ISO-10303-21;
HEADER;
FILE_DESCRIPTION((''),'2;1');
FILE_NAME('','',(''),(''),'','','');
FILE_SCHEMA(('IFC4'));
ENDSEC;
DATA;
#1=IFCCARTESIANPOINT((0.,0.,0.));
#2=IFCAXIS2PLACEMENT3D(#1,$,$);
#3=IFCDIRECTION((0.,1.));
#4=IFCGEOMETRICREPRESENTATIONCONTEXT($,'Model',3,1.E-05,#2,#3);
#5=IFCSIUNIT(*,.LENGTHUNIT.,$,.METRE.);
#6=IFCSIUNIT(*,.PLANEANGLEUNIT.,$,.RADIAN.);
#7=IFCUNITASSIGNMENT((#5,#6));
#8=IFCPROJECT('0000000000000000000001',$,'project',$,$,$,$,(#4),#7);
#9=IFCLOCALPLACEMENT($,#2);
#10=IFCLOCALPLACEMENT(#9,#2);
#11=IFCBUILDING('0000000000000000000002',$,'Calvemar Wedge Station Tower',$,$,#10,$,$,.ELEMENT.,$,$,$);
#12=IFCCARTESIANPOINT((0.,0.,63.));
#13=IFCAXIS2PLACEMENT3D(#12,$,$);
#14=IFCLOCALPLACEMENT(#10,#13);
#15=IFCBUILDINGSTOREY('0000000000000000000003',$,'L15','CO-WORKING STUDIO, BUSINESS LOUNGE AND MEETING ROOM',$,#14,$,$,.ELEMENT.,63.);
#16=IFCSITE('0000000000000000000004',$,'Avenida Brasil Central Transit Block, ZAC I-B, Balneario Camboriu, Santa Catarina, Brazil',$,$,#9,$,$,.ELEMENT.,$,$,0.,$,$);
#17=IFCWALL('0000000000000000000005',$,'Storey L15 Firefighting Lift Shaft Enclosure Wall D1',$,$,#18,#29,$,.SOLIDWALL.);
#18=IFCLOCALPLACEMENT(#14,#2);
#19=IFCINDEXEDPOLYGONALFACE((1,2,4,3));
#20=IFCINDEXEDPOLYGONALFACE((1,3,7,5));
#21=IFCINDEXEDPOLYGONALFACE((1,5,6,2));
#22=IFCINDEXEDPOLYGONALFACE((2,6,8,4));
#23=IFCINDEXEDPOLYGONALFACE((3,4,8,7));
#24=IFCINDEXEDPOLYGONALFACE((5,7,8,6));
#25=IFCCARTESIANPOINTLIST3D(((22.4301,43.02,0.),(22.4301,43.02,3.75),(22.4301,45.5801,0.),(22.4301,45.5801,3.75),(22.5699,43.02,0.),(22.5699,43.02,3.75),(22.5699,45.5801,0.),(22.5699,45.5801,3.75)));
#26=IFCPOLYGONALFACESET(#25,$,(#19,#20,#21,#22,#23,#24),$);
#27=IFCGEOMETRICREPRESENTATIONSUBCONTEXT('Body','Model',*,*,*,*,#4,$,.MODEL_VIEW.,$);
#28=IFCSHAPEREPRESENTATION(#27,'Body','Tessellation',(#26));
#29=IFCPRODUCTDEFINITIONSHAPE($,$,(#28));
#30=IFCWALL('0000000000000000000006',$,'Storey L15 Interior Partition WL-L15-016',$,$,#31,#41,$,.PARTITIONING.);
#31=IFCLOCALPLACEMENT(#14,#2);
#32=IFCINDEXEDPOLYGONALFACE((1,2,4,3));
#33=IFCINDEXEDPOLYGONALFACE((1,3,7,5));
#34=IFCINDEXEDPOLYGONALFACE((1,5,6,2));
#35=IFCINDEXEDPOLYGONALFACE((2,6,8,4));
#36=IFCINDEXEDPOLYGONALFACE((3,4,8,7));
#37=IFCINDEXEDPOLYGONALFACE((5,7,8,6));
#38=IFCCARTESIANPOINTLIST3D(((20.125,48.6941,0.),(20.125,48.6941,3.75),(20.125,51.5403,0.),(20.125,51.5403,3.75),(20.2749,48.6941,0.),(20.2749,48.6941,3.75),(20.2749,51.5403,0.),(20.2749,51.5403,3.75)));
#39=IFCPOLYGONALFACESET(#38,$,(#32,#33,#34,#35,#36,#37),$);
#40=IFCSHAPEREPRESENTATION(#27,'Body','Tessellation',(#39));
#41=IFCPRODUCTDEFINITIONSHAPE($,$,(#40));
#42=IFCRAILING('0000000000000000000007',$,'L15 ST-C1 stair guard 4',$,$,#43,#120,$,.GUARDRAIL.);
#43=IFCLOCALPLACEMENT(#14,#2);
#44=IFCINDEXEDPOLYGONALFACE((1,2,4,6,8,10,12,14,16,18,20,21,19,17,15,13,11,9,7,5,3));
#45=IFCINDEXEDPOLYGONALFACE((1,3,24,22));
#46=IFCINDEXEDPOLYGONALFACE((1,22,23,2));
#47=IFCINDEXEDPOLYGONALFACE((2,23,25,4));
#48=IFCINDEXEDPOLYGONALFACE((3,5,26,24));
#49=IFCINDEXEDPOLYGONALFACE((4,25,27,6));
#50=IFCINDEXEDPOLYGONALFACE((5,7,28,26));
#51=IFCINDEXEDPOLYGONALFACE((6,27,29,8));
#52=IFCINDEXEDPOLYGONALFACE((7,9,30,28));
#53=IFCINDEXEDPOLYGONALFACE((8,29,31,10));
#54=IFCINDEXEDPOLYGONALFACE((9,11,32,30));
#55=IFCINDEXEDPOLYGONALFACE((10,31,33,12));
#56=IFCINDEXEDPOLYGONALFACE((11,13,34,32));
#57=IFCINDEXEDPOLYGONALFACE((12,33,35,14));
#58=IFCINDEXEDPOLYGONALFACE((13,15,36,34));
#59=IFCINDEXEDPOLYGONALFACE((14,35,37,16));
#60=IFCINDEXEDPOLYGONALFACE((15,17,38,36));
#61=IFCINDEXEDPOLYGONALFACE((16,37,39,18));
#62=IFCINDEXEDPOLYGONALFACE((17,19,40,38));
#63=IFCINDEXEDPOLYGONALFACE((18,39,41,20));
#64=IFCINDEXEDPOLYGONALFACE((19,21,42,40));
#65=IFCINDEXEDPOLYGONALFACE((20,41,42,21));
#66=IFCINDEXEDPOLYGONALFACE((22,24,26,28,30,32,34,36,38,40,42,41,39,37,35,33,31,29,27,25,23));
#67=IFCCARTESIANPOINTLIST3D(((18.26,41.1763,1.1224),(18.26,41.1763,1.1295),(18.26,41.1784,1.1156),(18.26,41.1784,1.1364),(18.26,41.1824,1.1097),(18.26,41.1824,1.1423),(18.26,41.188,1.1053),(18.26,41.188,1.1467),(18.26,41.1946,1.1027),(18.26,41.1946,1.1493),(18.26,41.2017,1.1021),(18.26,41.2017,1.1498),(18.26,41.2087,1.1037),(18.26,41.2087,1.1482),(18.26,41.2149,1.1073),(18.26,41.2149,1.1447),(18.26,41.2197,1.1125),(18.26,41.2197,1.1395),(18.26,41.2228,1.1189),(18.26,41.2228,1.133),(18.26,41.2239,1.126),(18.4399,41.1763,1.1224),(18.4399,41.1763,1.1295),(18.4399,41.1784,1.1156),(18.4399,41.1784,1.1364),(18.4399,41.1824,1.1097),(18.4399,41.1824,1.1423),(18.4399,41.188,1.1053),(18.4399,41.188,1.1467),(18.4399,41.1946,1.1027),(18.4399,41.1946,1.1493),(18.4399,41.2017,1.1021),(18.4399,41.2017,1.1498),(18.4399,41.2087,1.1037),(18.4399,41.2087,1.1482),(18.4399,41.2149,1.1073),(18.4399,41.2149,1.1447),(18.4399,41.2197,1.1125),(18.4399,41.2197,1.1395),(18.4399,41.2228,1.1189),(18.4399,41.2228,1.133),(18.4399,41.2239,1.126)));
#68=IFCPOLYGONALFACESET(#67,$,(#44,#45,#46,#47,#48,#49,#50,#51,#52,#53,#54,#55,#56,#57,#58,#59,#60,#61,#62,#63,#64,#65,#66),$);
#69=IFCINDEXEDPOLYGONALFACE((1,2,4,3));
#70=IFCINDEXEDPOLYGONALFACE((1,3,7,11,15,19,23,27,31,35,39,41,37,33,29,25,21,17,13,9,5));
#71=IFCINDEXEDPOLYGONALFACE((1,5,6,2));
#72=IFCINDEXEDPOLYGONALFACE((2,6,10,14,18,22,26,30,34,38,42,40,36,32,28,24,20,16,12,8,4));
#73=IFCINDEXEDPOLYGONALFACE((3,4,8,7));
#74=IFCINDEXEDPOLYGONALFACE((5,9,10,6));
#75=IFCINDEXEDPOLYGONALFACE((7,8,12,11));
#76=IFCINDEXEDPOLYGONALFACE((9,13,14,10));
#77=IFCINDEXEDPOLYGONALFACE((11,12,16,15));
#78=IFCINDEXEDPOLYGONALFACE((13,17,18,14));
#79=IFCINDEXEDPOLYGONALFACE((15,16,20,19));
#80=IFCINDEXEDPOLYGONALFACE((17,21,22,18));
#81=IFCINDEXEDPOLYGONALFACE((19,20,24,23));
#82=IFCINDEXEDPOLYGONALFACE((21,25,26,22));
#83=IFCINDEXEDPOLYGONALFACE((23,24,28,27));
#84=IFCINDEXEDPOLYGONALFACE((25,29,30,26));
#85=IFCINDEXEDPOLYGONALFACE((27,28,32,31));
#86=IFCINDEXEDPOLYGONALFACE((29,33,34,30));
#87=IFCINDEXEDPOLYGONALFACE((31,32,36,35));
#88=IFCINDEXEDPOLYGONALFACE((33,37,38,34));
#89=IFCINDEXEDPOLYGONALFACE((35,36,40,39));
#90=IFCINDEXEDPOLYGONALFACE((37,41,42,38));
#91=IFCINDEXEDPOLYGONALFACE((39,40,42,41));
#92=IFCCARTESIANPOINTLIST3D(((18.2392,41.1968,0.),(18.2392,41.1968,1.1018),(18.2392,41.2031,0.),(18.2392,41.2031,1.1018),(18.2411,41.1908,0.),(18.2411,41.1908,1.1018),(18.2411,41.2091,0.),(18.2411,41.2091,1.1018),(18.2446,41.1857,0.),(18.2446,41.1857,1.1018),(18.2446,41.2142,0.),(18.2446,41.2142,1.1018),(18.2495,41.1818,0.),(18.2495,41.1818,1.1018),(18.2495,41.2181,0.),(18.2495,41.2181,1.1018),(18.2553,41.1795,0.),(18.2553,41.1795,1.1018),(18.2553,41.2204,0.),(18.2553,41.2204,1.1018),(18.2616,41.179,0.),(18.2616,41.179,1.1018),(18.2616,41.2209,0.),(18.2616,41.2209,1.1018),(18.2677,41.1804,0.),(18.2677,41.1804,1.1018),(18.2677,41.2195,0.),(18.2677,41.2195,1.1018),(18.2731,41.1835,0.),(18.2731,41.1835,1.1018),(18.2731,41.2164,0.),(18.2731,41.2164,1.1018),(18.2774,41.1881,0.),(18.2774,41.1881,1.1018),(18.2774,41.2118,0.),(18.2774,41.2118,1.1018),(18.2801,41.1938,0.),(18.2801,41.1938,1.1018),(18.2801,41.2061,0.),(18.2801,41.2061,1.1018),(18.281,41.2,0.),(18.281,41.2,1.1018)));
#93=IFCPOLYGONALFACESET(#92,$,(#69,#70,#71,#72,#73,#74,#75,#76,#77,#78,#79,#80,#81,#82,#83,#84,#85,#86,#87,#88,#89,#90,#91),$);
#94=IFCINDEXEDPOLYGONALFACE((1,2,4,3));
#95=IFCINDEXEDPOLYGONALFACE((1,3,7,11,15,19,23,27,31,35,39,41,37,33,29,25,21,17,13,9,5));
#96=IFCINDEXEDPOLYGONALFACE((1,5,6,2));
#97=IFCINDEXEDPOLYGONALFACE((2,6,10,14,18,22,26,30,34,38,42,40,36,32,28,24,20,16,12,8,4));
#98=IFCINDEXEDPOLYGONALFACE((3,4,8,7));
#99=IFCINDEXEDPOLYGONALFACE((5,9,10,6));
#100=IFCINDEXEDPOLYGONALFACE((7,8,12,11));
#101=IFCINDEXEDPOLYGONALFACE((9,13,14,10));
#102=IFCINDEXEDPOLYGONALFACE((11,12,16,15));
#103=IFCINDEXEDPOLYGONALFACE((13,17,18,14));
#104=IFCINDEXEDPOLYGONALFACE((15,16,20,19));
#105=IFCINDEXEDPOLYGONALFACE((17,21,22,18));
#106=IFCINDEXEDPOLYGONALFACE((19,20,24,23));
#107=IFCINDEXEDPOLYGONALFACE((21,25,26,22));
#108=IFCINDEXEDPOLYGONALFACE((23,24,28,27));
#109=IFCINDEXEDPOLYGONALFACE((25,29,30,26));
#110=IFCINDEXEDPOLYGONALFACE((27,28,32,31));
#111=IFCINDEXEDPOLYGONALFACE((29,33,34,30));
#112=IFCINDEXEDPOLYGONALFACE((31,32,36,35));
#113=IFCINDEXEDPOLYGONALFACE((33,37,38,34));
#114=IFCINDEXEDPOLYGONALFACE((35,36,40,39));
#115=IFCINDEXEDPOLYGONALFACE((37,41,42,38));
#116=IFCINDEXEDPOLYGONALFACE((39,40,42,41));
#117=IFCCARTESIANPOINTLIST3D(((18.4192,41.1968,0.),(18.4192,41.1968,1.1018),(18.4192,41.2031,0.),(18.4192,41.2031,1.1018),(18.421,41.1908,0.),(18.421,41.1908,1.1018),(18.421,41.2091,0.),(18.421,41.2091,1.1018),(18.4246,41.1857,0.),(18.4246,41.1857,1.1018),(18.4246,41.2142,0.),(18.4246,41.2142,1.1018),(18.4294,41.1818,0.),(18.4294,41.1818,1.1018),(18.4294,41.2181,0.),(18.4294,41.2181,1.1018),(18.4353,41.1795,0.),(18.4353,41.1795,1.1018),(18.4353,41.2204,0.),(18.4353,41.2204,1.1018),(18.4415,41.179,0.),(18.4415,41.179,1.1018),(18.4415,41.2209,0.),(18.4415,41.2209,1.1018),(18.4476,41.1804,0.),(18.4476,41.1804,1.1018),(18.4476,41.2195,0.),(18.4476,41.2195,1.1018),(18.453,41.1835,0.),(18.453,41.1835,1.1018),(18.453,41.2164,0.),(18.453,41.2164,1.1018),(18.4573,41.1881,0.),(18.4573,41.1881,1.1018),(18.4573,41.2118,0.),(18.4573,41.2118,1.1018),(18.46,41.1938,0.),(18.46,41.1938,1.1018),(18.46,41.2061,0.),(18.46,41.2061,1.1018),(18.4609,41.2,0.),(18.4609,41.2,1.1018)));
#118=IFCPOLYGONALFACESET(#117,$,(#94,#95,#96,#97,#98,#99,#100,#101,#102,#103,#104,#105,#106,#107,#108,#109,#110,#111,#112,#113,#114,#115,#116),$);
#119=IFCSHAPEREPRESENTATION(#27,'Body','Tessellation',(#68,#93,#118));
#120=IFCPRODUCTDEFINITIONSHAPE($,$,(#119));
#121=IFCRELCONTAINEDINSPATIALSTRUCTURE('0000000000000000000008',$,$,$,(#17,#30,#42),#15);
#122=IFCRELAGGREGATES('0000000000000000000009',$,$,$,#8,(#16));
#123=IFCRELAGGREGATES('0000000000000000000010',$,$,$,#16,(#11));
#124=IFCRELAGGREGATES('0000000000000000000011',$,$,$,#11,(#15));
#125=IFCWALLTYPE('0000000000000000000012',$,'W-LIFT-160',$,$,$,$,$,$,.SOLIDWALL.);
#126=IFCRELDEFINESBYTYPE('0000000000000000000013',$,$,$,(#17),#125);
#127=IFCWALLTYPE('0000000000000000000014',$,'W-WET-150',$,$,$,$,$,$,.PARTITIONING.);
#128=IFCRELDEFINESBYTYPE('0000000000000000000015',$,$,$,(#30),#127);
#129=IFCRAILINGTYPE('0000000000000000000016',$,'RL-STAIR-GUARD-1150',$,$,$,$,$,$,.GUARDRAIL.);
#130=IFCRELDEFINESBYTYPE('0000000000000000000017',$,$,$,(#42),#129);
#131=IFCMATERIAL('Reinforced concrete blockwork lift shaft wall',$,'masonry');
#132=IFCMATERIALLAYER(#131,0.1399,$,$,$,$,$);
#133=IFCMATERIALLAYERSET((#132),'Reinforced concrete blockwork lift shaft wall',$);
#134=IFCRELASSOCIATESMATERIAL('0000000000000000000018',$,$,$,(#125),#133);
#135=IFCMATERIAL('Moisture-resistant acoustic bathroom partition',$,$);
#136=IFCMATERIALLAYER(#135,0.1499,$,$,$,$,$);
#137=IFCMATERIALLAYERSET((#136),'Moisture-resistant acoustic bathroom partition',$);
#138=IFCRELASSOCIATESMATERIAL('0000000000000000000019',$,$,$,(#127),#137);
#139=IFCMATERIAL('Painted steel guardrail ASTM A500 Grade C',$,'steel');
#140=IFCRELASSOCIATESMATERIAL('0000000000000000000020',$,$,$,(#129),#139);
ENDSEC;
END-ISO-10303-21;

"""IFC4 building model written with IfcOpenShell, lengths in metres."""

from ifc_helpers import new_model, si_unit, direction, frame, frame_2d, origin, origin_2d, place, context, subcontext, project, spatial, rectangle, circle, extrude, material, layer, layer_set, type_object, element, save


model = new_model("IFC4")

# Units and contexts
model_context = context("Model", 3, precision=1e-05, world=origin(), true_north=direction((0.0, 1.0)))
body_context = subcontext(model_context, "Body", "Model", "MODEL_VIEW")
ifc_project = project(units=[si_unit("LENGTHUNIT", "METRE"), si_unit("PLANEANGLEUNIT", "RADIAN")], contexts=[model_context])

# Site, building, storey
site_placement = place(None, origin())
site = spatial("IfcSite", under=ifc_project, at=site_placement, Name="Avenida Brasil Central Transit Block, ZAC I-B, Balneario Camboriu, Santa Catarina, Brazil", CompositionType="ELEMENT", RefElevation=0.0)
building_placement = place(site_placement, origin())
building = spatial("IfcBuilding", under=site, at=building_placement, Name="Calvemar Wedge Station Tower", CompositionType="ELEMENT")
storey_placement = place(building_placement, frame((0.0, 0.0, 63.0)))
storey = spatial("IfcBuildingStorey", under=building, at=storey_placement, Name="L15", Description="CO-WORKING STUDIO, BUSINESS LOUNGE AND MEETING ROOM", CompositionType="ELEMENT", Elevation=63.0)

# Shared definitions
ifc_material_1 = material(Name="Reinforced concrete blockwork lift shaft wall", Category="masonry")
ifc_layer_1 = layer(ifc_material_1, 0.1399)
ifc_layer_set_1 = layer_set([ifc_layer_1], Name="Reinforced concrete blockwork lift shaft wall")
wall_type_1 = type_object("IfcWallType", Name="W-LIFT-160", PredefinedType="SOLIDWALL", material=ifc_layer_set_1)

# Walls
wall_1_placement = place(storey_placement, frame((22.5, 43.02, 0.0), z_axis=(0.0, 0.0, 1.0), x_axis=(0.0, 1.0, 0.0)))
element("IfcWall", 1, at=wall_1_placement, inside=storey, type_object=wall_type_1, Name="Storey L15 Firefighting Lift Shaft Enclosure Wall D1", PredefinedType="SOLIDWALL", context=body_context, shape_type="SweptSolid", body=[
    extrude(rectangle(XDim=2.5601, YDim=0.1399, at=frame_2d((1.28, 0.0))), origin(), (0.0, 0.0, 1.0), 3.75),
])
ifc_material_2 = material(Name="Moisture-resistant acoustic bathroom partition")
ifc_layer_2 = layer(ifc_material_2, 0.1499)
ifc_layer_set_2 = layer_set([ifc_layer_2], Name="Moisture-resistant acoustic bathroom partition")
wall_type_2 = type_object("IfcWallType", Name="W-WET-150", PredefinedType="PARTITIONING", material=ifc_layer_set_2)
wall_2_placement = place(storey_placement, frame((20.2, 51.5403, 0.0), z_axis=(0.0, 0.0, 1.0), x_axis=(0.0, -1.0, 0.0)))
element("IfcWall", 2, at=wall_2_placement, inside=storey, type_object=wall_type_2, Name="Storey L15 Interior Partition WL-L15-016", PredefinedType="PARTITIONING", context=body_context, shape_type="SweptSolid", body=[
    extrude(rectangle(XDim=2.8462, YDim=0.1499, at=frame_2d((1.4231, 0.0))), origin(), (0.0, 0.0, 1.0), 3.75),
])

# Railing
ifc_material_3 = material(Name="Painted steel guardrail ASTM A500 Grade C", Category="steel")
railing_type = type_object("IfcRailingType", Name="RL-STAIR-GUARD-1150", PredefinedType="GUARDRAIL", material=ifc_material_3)
railing_placement = place(storey_placement, frame((18.26, 41.2, 0.0)))
element("IfcRailing", 3, at=railing_placement, inside=storey, type_object=railing_type, Name="L15 ST-C1 stair guard 4", PredefinedType="GUARDRAIL", context=body_context, shape_type="SweptSolid", body=[
    extrude(circle(Radius=0.0239, at=origin_2d()), frame((0.0, 0.0, 1.126), z_axis=(1.0, 0.0, 0.0), x_axis=(0.0, 1.0, 0.0)), (0.0, 0.0, 1.0), 0.1799),
    extrude(circle(Radius=0.021, at=origin_2d()), origin(), (0.0, 0.0, 1.0), 1.1018),
    extrude(circle(Radius=0.021, at=origin_2d()), frame((0.1799, 0.0, 0.0)), (0.0, 0.0, 1.0), 1.1018),
])

save(model, "model.ifc")
